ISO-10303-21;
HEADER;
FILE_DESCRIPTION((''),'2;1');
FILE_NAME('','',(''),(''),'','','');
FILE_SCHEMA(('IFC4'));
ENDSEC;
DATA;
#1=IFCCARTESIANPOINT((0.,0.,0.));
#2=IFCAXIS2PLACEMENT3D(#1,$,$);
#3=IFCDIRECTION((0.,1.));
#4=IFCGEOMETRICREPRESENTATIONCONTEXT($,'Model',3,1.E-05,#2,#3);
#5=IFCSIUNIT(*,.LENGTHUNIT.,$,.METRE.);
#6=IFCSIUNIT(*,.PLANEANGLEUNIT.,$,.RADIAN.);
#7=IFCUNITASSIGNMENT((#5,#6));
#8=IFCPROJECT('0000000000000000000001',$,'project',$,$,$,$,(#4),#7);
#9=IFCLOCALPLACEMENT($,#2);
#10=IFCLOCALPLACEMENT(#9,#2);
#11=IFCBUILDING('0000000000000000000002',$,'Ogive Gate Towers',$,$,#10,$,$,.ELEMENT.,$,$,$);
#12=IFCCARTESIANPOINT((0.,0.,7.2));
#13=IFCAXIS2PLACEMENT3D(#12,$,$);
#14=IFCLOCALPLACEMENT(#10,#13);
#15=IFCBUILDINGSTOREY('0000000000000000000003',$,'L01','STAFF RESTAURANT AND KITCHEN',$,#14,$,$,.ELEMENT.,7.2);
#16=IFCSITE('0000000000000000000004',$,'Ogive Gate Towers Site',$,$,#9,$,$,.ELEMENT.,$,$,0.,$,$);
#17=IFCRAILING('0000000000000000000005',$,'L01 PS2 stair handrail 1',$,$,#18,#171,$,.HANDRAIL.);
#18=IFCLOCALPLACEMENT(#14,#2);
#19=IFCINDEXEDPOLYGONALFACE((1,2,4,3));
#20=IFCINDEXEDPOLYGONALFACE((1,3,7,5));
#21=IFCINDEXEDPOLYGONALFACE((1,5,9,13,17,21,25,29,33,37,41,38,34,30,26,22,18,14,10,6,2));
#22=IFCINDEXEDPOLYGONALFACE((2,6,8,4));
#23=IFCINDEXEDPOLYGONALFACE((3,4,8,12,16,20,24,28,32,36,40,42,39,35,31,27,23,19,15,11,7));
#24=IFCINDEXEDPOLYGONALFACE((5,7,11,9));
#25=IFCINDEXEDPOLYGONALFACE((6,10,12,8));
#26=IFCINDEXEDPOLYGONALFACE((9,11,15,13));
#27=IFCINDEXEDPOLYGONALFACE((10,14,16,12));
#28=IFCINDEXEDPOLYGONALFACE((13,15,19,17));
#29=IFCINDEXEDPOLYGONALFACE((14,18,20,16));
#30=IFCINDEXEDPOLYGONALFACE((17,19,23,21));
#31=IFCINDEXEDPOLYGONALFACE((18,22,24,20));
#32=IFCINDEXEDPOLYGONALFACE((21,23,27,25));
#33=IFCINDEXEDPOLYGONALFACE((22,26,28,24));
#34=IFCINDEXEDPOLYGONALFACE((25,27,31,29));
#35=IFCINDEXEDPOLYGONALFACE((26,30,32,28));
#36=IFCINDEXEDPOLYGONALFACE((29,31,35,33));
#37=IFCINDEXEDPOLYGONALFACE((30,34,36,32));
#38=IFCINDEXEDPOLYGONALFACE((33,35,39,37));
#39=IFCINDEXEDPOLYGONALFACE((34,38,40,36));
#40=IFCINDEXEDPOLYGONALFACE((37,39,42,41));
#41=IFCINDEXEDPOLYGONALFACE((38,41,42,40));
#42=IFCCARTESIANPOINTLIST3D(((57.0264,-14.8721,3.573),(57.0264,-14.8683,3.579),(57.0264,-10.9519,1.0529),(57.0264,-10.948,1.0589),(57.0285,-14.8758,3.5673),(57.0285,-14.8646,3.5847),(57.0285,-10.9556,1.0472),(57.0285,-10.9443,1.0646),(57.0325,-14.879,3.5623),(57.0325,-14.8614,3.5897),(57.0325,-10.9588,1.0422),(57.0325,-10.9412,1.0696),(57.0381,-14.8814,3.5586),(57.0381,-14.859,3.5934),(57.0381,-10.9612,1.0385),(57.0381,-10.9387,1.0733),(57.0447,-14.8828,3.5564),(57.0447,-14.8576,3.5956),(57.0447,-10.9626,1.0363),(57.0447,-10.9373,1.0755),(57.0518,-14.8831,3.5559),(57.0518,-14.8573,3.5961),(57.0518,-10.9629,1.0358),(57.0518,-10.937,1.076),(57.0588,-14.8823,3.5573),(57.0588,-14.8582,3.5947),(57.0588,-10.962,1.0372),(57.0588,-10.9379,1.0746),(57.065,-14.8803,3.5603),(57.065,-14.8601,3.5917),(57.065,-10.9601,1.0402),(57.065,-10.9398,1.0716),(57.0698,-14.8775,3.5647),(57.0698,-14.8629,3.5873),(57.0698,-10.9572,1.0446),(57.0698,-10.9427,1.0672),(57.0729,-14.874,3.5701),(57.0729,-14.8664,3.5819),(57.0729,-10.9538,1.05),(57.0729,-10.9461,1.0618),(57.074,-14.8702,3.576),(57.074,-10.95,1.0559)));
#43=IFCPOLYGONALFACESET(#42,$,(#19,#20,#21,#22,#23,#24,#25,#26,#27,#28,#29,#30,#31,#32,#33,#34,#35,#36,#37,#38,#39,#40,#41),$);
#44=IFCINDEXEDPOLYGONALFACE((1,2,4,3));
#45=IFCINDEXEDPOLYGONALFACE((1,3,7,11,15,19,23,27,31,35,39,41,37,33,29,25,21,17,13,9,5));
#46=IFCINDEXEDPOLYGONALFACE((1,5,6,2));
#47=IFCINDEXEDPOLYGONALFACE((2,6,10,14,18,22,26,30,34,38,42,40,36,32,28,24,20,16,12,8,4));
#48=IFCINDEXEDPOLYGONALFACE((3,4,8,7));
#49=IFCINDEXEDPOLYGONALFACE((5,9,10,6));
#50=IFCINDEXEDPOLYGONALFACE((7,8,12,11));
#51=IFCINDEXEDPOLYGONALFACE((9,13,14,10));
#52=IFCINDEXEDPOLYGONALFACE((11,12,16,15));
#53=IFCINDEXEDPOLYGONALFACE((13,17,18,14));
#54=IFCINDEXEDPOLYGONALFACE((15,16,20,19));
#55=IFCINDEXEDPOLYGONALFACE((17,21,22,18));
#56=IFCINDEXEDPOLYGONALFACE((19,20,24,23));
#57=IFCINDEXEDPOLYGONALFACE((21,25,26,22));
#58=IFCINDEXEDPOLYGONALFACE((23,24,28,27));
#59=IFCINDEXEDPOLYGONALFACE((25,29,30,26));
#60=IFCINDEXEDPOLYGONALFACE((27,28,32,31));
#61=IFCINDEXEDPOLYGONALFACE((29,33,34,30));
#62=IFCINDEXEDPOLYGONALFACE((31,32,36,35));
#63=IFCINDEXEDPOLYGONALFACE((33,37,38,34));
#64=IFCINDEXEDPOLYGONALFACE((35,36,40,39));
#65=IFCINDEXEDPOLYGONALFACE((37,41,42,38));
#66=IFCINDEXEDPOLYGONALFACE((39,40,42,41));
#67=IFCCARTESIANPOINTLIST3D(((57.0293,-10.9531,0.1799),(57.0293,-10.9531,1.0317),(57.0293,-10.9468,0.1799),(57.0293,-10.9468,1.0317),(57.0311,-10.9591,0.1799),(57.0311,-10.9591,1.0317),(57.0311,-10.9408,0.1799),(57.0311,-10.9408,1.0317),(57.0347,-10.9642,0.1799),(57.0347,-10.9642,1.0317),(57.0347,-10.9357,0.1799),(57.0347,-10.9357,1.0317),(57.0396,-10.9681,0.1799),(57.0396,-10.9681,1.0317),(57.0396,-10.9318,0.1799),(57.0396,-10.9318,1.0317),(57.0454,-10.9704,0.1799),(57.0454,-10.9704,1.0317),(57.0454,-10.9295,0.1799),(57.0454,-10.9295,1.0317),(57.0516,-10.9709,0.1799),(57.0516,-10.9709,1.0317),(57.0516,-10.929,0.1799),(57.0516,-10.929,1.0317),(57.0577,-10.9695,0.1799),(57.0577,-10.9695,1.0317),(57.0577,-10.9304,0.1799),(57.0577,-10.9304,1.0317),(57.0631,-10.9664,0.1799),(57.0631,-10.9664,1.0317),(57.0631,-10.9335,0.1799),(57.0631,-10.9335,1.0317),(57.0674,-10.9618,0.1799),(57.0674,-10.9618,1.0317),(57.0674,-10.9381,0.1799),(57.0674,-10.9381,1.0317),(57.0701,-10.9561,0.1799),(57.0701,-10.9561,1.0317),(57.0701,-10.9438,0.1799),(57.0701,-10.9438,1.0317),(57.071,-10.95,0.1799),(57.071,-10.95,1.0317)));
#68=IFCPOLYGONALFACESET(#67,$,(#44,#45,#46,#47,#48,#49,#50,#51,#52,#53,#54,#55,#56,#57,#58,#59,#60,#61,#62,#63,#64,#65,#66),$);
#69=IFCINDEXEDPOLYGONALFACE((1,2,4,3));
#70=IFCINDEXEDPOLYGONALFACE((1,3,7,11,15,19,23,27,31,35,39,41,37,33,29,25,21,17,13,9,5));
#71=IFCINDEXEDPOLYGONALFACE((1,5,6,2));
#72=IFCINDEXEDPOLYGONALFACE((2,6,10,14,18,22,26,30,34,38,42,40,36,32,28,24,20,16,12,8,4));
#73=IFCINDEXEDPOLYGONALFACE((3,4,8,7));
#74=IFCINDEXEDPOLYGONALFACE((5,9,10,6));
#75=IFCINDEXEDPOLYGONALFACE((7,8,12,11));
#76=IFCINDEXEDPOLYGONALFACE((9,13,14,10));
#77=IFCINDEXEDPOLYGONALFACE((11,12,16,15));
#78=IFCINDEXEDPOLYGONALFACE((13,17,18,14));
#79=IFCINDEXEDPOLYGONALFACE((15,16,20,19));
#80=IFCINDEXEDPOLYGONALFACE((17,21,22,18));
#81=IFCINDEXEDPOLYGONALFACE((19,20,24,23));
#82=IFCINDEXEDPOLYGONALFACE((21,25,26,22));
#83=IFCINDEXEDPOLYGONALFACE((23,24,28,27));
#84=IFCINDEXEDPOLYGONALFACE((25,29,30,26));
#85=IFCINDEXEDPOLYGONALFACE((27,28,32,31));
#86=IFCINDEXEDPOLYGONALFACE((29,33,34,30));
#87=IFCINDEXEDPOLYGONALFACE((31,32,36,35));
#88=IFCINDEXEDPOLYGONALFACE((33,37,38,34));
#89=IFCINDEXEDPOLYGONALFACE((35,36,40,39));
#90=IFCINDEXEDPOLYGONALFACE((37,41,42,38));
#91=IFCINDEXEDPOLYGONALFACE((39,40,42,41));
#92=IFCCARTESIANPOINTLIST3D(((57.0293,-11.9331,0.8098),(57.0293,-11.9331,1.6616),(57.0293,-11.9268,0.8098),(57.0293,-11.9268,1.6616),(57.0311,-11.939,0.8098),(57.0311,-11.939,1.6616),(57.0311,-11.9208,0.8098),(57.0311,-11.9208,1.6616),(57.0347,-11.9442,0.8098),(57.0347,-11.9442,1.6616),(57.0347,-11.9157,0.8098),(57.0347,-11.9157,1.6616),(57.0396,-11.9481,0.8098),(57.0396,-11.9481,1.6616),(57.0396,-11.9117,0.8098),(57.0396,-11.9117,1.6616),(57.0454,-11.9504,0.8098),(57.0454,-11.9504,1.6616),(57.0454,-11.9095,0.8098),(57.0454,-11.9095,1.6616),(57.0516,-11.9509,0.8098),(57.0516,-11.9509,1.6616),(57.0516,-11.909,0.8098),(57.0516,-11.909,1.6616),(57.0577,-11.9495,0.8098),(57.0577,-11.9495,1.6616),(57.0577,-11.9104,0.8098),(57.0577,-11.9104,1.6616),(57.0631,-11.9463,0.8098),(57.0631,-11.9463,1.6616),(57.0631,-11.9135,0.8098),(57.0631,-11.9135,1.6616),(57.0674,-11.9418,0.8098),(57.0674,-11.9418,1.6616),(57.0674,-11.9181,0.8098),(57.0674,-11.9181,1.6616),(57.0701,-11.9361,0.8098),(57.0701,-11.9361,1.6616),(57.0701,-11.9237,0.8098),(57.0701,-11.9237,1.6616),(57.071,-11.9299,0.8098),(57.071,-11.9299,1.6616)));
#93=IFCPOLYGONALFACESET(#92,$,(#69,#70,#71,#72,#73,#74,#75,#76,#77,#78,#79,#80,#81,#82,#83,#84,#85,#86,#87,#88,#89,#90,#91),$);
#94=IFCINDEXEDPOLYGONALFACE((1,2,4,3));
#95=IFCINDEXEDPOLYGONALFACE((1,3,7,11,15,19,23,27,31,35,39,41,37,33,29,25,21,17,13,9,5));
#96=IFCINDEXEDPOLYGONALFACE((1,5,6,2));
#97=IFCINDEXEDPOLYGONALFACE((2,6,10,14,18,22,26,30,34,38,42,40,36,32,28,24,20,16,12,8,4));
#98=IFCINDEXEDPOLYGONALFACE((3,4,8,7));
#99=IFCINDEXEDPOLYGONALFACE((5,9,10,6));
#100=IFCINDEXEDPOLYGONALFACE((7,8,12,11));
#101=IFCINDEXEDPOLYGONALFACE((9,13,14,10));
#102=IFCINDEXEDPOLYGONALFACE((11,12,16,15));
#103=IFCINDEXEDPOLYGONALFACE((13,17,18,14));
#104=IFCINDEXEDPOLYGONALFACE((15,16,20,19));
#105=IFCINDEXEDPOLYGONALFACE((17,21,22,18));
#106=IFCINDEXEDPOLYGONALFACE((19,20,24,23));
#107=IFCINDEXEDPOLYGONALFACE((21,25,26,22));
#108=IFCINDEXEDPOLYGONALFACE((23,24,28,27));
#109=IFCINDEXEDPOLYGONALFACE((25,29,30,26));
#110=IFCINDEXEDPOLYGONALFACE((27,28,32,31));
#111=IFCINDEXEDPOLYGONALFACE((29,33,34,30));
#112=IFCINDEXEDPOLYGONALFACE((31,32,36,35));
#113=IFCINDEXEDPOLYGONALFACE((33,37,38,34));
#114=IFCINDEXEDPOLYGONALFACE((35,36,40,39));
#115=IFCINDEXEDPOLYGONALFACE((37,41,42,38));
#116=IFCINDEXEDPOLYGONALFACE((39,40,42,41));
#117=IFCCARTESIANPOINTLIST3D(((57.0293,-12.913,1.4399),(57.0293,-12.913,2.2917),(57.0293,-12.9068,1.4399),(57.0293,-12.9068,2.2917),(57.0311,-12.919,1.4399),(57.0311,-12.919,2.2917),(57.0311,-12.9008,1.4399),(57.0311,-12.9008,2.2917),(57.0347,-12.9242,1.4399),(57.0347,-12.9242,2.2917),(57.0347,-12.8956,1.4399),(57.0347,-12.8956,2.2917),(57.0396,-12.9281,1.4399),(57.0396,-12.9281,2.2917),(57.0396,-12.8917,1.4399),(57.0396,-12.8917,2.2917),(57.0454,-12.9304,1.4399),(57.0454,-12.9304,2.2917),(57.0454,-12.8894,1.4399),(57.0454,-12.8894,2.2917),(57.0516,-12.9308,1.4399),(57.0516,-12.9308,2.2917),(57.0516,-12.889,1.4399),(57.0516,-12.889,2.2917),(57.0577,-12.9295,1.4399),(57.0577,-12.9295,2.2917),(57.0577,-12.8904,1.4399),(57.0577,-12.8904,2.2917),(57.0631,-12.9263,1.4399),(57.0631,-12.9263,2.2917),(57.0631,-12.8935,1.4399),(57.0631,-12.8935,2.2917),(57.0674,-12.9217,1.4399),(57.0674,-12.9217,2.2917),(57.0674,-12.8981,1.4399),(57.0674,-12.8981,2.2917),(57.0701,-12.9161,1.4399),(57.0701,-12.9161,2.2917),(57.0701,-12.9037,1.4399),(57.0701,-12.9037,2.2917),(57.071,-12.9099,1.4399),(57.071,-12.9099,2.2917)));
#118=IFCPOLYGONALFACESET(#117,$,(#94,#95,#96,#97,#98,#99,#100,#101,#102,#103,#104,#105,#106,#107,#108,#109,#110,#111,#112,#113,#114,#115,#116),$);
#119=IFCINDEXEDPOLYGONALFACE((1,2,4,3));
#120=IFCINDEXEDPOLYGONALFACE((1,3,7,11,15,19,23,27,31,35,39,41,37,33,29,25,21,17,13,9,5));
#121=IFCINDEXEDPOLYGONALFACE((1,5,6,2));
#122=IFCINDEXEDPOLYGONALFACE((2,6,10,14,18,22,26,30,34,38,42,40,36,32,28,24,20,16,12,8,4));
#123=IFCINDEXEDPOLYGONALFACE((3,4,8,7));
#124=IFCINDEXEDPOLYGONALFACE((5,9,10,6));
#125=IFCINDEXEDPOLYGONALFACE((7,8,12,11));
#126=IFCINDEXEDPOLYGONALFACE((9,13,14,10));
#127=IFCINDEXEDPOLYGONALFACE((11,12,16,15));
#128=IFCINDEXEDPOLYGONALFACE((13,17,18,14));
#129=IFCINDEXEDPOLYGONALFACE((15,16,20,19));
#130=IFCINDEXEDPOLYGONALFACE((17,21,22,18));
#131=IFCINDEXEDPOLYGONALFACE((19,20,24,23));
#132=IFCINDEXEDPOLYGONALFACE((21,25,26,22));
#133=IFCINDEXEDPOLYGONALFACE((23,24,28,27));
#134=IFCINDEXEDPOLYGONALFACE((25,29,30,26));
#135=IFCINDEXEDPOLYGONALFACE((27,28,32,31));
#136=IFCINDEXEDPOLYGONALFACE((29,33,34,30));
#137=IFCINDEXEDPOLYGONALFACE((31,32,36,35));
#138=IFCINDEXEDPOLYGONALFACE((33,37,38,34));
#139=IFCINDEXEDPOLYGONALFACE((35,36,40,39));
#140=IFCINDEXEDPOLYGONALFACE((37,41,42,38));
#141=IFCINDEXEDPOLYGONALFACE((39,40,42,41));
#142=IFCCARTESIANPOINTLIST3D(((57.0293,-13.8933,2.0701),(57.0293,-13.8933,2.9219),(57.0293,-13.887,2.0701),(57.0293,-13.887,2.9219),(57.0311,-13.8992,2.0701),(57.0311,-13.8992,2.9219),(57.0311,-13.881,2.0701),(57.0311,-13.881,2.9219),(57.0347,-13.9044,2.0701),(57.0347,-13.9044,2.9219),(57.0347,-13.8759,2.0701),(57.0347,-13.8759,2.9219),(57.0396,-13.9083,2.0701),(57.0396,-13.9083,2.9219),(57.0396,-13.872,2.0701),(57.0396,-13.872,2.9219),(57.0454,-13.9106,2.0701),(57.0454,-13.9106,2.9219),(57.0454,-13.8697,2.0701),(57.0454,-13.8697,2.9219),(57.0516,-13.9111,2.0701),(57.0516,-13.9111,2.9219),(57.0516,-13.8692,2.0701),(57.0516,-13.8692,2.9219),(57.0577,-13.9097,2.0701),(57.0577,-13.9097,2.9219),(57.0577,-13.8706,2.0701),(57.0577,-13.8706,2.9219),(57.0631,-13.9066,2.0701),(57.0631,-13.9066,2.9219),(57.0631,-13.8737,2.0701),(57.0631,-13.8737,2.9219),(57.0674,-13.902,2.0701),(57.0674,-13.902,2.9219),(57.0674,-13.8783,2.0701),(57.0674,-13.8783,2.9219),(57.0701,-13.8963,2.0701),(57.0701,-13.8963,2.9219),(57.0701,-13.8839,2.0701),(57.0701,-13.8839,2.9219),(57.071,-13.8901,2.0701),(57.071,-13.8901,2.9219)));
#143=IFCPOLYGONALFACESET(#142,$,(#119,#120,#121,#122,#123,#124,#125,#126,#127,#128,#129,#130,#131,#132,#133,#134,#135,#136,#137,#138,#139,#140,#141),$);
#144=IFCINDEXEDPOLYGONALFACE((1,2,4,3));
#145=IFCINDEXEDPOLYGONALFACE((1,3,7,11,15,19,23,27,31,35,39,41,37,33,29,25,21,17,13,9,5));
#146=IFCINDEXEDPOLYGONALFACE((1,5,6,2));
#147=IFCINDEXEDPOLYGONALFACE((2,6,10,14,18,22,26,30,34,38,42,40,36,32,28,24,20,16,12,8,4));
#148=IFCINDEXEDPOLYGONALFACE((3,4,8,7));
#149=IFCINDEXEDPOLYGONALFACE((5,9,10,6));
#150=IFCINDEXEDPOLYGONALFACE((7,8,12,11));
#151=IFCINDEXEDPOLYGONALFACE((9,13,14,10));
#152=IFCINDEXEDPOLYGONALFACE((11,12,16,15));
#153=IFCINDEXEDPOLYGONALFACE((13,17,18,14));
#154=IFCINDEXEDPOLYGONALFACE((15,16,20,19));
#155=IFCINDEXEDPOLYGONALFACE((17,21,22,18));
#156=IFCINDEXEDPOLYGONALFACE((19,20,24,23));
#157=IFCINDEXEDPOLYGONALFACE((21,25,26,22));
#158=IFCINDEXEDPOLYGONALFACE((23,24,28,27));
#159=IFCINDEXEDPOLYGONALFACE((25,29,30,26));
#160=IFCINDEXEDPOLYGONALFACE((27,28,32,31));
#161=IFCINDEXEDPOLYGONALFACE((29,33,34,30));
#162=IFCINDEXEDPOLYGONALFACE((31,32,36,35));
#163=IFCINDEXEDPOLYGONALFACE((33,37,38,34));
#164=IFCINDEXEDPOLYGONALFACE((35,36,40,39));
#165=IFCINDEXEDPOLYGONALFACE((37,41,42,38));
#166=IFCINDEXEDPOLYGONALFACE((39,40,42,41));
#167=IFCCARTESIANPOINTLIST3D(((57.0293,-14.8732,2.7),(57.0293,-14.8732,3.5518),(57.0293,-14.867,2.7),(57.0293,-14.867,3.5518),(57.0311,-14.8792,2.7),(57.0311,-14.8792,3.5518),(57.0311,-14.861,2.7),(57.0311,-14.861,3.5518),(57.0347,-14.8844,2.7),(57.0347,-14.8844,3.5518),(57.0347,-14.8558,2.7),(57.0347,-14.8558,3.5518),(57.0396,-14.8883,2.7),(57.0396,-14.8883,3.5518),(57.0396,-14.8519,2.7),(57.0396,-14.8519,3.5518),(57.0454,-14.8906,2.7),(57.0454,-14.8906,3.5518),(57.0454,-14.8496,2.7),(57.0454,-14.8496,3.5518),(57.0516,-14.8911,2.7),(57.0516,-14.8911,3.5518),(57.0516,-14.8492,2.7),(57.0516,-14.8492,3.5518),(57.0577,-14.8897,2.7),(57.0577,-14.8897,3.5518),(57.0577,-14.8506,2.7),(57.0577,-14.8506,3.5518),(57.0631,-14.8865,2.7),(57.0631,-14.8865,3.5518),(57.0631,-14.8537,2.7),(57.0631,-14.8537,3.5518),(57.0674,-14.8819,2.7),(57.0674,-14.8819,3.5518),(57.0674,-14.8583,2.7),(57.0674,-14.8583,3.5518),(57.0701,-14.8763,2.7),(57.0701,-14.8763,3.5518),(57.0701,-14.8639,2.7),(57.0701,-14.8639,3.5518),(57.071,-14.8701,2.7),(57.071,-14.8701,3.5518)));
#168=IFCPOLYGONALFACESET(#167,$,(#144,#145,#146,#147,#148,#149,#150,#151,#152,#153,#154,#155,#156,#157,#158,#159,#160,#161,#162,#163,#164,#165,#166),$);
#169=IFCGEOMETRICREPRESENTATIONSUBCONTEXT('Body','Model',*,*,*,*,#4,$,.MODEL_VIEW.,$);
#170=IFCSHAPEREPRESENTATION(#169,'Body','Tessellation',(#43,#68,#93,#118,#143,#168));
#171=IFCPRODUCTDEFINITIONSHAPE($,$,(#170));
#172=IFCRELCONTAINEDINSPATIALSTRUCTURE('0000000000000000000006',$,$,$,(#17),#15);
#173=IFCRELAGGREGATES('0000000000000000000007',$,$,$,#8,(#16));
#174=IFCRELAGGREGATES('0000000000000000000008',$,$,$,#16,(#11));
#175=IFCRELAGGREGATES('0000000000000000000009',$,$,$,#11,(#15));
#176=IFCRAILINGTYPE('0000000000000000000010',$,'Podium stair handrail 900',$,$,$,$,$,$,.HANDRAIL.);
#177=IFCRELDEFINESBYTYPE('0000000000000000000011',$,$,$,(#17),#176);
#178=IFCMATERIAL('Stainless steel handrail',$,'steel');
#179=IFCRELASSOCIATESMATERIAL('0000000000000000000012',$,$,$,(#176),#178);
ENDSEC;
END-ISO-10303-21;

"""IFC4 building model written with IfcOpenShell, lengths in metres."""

from ifc_helpers import new_model, si_unit, direction, frame, origin, origin_2d, place, context, subcontext, project, spatial, circle, extrude, material, type_object, element, save


model = new_model("IFC4")

# Units and contexts
model_context = context("Model", 3, precision=1e-05, world=origin(), true_north=direction((0.0, 1.0)))
body_context = subcontext(model_context, "Body", "Model", "MODEL_VIEW")
ifc_project = project(units=[si_unit("LENGTHUNIT", "METRE"), si_unit("PLANEANGLEUNIT", "RADIAN")], contexts=[model_context])

# Site, building, storey
site_placement = place(None, origin())
site = spatial("IfcSite", under=ifc_project, at=site_placement, Name="Ogive Gate Towers Site", CompositionType="ELEMENT", RefElevation=0.0)
building_placement = place(site_placement, origin())
building = spatial("IfcBuilding", under=site, at=building_placement, Name="Ogive Gate Towers", CompositionType="ELEMENT")
storey_placement = place(building_placement, frame((0.0, 0.0, 7.2)))
storey = spatial("IfcBuildingStorey", under=building, at=storey_placement, Name="L01", Description="STAFF RESTAURANT AND KITCHEN", CompositionType="ELEMENT", Elevation=7.2)

# Railing
ifc_material_1 = material(Name="Stainless steel handrail", Category="steel")
railing_type_1 = type_object("IfcRailingType", Name="Podium stair handrail 900", PredefinedType="HANDRAIL", material=ifc_material_1)
railing_1_placement = place(storey_placement, frame((57.05, -10.95, 0.1799)))
element("IfcRailing", 1, at=railing_1_placement, inside=storey, type_object=railing_type_1, Name="L01 PS2 stair handrail 1", PredefinedType="HANDRAIL", context=body_context, shape_type="SweptSolid", body=[
    extrude(circle(Radius=0.0239, at=origin_2d()), frame((0.0, 0.0, 0.876), z_axis=(0.0, -0.841187, 0.540744), x_axis=(1.0, 0.0, 0.0)), (0.0, 0.0, 1.0), 4.6604),
    extrude(circle(Radius=0.021, at=origin_2d()), origin(), (0.0, 0.0, 1.0), 0.8518),
    extrude(circle(Radius=0.021, at=origin_2d()), frame((0.0, -0.98, 0.6299)), (0.0, 0.0, 1.0), 0.8518),
    extrude(circle(Radius=0.021, at=origin_2d()), frame((0.0, -1.96, 1.26)), (0.0, 0.0, 1.0), 0.8518),
    extrude(circle(Radius=0.021, at=origin_2d()), frame((0.0, -2.9402, 1.8901)), (0.0, 0.0, 1.0), 0.8518),
    extrude(circle(Radius=0.021, at=origin_2d()), frame((0.0, -3.9202, 2.52)), (0.0, 0.0, 1.0), 0.8518),
])

save(model, "model.ifc")
